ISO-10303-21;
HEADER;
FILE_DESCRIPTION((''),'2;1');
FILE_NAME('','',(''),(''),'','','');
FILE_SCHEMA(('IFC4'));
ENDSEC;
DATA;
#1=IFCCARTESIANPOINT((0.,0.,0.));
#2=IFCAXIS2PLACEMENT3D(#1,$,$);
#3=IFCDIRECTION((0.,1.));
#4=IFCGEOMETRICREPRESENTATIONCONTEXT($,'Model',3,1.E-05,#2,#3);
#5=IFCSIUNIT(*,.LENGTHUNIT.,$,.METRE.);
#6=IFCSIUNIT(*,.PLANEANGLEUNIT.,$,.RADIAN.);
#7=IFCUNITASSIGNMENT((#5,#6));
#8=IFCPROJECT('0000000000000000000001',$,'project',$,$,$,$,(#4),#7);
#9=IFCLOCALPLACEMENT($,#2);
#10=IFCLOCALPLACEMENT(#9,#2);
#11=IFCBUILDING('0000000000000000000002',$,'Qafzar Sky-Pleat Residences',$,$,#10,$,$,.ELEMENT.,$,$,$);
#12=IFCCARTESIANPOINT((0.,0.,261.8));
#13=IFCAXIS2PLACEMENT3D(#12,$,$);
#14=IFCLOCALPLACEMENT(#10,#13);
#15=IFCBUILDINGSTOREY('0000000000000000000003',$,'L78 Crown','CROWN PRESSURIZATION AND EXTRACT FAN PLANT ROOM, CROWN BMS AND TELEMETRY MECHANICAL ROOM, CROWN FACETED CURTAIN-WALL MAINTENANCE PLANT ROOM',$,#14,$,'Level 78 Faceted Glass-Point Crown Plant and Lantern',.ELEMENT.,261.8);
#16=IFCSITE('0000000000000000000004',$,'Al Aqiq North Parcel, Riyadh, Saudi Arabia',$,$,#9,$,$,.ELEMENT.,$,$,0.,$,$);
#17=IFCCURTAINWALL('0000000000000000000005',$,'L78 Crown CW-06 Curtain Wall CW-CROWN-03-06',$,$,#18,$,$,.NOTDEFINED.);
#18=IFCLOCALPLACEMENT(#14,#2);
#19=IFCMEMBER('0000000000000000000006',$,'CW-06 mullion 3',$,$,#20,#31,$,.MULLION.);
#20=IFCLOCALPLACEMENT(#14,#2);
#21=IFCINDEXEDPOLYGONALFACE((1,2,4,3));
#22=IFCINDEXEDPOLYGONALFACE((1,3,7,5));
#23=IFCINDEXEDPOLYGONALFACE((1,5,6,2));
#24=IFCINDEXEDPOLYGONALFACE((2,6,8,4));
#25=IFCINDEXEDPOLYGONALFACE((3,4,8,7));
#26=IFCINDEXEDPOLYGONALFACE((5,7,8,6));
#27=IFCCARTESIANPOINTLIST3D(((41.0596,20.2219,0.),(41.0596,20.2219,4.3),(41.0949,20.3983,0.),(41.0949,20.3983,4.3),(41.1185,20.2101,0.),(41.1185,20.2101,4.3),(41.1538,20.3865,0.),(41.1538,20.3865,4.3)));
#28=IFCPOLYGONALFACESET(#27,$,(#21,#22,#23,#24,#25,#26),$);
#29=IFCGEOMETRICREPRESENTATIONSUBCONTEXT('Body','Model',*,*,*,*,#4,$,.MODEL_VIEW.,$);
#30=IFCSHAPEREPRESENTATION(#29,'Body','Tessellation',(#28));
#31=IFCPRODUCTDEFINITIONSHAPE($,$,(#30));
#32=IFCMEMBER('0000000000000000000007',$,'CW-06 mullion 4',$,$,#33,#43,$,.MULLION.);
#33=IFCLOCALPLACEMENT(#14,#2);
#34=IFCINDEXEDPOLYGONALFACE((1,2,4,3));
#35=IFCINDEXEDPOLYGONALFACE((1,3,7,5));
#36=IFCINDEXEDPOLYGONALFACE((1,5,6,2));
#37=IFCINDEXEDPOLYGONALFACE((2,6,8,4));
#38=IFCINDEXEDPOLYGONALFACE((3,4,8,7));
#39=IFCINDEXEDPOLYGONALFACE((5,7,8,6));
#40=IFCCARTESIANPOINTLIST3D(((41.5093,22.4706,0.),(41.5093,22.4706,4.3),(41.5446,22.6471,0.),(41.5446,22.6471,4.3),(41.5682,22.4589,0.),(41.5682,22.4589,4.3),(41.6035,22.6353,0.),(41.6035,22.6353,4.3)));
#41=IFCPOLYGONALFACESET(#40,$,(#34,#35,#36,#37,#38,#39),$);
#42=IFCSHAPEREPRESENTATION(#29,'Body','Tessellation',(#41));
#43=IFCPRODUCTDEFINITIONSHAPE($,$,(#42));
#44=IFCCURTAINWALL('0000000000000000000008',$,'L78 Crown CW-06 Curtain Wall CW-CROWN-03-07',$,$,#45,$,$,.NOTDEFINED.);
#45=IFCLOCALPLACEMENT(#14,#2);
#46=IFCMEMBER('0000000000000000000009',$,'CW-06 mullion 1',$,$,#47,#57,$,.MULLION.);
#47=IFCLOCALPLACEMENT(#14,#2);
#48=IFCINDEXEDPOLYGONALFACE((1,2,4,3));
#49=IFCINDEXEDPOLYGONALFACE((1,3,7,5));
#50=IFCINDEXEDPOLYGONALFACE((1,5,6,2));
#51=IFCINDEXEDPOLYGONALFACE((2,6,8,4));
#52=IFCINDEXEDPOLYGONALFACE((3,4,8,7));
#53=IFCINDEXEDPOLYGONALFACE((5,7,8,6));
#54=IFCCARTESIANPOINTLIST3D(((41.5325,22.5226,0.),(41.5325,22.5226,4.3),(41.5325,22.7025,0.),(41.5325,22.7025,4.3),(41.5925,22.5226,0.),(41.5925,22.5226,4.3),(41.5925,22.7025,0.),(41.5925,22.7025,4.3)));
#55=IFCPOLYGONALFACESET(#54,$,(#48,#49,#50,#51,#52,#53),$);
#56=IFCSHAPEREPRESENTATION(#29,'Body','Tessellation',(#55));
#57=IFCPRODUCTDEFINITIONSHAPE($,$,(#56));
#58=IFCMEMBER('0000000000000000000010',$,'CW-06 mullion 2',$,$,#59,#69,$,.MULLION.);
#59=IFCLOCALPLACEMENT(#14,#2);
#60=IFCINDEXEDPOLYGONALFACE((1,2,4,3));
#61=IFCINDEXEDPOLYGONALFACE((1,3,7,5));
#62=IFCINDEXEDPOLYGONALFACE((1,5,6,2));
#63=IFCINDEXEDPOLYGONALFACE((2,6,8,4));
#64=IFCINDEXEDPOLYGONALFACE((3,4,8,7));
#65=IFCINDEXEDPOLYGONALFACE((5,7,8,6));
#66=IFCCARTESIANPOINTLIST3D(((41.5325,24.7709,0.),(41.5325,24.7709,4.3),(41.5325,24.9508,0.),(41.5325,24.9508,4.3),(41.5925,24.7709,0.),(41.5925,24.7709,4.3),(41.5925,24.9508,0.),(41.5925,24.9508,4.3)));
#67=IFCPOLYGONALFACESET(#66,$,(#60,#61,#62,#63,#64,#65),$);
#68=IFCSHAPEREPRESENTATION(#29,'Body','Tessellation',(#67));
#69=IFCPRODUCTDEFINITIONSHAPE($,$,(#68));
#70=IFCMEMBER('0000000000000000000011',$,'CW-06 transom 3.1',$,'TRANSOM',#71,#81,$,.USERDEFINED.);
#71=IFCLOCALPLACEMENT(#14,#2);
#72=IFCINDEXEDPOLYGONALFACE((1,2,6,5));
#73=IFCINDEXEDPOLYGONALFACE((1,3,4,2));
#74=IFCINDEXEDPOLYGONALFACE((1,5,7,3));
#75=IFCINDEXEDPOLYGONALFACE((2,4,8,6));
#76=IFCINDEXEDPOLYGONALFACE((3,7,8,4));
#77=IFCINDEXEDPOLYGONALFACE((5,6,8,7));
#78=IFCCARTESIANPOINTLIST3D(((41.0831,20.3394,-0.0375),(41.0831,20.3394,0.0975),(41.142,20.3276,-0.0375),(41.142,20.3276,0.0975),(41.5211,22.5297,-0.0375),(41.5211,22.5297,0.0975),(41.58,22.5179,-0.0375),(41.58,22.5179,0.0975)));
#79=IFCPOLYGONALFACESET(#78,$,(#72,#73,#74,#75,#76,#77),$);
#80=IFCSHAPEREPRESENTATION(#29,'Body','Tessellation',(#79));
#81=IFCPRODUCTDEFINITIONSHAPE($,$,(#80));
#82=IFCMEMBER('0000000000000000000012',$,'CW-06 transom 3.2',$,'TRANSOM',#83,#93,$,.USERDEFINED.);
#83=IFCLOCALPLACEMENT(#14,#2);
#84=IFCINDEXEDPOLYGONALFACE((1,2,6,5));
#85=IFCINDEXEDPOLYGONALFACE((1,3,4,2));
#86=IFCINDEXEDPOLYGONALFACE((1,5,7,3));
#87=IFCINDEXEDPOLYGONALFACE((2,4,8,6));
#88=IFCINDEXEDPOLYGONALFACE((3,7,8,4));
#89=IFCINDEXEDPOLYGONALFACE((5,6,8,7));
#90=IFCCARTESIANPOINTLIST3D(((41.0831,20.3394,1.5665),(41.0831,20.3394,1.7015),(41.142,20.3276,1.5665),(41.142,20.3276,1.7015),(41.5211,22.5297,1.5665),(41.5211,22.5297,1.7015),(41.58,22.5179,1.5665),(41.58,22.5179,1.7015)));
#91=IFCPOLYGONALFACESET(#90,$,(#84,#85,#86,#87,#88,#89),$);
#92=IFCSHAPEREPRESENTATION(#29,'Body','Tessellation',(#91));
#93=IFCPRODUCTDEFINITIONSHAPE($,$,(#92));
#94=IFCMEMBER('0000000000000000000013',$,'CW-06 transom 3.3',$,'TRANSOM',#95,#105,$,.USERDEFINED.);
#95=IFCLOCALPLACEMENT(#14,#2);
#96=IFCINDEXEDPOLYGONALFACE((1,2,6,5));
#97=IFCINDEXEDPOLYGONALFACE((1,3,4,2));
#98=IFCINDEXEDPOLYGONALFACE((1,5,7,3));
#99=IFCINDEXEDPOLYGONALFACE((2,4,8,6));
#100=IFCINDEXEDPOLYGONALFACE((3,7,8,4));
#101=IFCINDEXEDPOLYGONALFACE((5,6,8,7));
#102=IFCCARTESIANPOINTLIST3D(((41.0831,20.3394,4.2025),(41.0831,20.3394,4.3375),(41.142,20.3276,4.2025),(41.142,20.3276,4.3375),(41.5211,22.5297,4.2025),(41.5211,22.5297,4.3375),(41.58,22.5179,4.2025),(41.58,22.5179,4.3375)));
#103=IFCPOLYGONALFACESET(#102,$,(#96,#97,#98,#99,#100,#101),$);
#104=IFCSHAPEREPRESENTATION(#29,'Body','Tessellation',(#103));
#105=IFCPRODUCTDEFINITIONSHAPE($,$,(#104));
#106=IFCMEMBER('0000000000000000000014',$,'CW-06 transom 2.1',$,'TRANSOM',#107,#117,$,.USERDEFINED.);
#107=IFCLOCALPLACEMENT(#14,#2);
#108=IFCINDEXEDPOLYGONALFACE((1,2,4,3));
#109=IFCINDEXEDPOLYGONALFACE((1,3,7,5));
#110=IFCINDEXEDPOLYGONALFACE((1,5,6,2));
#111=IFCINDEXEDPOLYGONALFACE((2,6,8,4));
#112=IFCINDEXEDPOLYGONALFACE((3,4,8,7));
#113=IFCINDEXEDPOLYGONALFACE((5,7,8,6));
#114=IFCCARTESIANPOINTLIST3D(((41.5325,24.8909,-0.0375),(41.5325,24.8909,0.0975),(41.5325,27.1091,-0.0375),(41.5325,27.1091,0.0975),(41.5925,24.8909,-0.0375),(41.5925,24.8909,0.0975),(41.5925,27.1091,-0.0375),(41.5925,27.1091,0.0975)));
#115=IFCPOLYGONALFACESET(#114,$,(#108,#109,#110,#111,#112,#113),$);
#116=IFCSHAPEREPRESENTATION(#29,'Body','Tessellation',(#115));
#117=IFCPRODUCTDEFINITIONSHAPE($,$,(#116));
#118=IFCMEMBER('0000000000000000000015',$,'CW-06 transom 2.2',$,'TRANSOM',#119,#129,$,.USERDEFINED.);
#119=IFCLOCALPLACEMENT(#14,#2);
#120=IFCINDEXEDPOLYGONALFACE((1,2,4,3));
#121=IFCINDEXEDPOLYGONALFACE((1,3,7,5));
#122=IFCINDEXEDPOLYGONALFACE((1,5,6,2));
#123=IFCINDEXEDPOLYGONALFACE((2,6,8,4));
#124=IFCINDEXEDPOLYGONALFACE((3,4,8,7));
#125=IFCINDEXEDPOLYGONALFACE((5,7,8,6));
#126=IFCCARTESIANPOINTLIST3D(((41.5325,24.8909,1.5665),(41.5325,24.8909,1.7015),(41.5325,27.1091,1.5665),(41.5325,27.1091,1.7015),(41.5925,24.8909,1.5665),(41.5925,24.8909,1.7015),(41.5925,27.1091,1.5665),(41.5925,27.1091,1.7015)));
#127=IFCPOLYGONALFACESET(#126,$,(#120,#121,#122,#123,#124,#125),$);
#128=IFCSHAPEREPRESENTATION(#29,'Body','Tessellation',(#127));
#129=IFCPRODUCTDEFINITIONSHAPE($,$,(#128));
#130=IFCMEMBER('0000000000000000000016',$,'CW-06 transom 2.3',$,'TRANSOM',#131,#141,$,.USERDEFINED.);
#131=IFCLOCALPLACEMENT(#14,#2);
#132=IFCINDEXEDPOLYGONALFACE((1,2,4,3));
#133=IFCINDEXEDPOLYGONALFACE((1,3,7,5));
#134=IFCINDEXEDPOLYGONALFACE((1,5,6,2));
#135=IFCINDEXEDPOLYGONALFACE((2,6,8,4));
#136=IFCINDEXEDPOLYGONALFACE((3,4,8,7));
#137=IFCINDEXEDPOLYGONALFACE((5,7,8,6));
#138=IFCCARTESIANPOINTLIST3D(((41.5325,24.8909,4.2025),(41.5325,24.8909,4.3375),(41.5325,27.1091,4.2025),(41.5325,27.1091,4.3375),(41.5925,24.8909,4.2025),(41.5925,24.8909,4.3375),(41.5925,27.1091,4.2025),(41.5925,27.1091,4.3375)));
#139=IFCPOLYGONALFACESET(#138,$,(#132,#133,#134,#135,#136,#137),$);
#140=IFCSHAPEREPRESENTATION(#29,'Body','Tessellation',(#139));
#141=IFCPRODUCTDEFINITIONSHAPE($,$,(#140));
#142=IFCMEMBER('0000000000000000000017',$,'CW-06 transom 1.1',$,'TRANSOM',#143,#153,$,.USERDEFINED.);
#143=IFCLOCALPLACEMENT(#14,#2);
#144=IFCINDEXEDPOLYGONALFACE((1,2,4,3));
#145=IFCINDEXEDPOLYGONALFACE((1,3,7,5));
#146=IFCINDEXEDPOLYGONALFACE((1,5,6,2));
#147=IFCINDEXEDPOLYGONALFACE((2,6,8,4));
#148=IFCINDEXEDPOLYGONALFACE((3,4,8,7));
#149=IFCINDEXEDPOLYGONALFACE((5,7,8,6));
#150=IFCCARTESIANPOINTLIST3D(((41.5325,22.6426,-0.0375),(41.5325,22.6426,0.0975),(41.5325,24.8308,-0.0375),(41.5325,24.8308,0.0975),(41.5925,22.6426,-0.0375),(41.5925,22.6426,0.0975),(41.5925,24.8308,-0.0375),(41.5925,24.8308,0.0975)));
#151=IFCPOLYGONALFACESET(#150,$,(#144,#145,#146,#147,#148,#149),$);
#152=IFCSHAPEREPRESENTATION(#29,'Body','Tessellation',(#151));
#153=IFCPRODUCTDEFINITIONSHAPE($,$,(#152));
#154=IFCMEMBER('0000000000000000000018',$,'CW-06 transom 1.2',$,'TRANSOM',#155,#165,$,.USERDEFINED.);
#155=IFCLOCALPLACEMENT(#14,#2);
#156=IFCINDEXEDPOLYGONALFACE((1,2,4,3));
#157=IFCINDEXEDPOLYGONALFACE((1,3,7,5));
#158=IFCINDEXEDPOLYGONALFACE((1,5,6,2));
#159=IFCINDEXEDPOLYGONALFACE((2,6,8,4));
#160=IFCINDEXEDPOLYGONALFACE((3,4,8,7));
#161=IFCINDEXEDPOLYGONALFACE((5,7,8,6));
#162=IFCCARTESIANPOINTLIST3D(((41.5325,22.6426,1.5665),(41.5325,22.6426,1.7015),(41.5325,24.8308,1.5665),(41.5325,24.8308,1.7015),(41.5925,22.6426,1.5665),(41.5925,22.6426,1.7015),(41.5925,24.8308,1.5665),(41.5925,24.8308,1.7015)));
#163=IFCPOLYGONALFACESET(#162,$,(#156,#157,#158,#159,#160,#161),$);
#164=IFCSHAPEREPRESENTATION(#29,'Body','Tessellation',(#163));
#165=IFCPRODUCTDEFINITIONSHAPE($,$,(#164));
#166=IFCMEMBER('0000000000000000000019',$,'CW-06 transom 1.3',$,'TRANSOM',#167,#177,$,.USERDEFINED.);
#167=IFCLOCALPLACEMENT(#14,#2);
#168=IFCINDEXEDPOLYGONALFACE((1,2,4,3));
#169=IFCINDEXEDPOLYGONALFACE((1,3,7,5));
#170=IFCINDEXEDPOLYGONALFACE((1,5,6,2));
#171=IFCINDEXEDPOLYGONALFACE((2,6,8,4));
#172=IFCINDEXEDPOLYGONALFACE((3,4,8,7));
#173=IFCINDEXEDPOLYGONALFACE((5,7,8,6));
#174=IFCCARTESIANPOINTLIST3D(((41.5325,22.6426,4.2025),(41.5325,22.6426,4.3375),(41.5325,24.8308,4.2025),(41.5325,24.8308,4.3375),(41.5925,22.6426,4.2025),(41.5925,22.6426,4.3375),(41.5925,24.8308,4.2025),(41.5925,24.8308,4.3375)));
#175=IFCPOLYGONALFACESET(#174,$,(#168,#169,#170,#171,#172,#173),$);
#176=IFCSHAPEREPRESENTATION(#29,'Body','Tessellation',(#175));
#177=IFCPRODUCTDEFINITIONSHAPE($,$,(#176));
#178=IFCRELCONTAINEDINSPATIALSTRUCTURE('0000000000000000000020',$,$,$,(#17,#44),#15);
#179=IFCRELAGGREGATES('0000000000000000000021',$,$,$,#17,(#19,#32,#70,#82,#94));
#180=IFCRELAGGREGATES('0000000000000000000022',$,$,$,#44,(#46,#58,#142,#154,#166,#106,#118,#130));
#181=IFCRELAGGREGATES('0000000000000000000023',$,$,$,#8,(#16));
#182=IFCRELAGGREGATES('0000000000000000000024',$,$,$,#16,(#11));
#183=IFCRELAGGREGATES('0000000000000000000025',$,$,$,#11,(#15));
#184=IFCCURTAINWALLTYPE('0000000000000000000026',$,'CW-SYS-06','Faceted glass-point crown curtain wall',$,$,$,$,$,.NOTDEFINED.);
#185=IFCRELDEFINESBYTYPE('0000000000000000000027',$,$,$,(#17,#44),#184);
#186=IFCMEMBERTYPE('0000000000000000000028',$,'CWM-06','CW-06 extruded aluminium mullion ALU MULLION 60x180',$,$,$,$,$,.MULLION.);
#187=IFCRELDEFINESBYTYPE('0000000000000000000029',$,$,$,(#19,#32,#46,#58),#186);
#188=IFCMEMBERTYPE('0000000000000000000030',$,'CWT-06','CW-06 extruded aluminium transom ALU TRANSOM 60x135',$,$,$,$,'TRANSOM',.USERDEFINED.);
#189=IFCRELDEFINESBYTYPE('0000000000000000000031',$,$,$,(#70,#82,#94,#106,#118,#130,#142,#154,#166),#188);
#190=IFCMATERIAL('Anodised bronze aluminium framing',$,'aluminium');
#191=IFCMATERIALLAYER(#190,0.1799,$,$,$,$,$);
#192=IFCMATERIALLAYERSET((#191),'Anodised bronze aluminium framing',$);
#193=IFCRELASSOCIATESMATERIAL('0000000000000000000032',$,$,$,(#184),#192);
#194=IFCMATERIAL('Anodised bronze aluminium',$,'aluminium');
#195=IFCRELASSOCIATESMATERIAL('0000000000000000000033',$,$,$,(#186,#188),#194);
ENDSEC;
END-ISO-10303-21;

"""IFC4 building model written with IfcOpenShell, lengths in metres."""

from ifc_helpers import new_model, si_unit, direction, frame, origin, origin_2d, place, context, subcontext, project, spatial, rectangle, extrude, source, transform, mapped, material, layer, layer_set, material_profile, profile_set, type_object, element, aggregate, save


model = new_model("IFC4")

# Units and contexts
model_context = context("Model", 3, precision=1e-05, world=origin(), true_north=direction((0.0, 1.0)))
body_context = subcontext(model_context, "Body", "Model", "MODEL_VIEW")
ifc_project = project(units=[si_unit("LENGTHUNIT", "METRE"), si_unit("PLANEANGLEUNIT", "RADIAN")], contexts=[model_context])

# Site, building, storey
site_placement = place(None, origin())
site = spatial("IfcSite", under=ifc_project, at=site_placement, Name="Al Aqiq North Parcel, Riyadh, Saudi Arabia", CompositionType="ELEMENT", RefElevation=0.0)
building_placement = place(site_placement, origin())
building = spatial("IfcBuilding", under=site, at=building_placement, Name="Qafzar Sky-Pleat Residences", CompositionType="ELEMENT")
storey_placement = place(building_placement, frame((0.0, 0.0, 261.8)))
storey = spatial("IfcBuildingStorey", under=building, at=storey_placement, Name="L78 Crown", Description="CROWN PRESSURIZATION AND EXTRACT FAN PLANT ROOM, CROWN BMS AND TELEMETRY MECHANICAL ROOM, CROWN FACETED CURTAIN-WALL MAINTENANCE PLANT ROOM", LongName="Level 78 Faceted Glass-Point Crown Plant and Lantern", CompositionType="ELEMENT", Elevation=261.8)

# Curtain walls, members
ifc_material_1 = material(Name="Anodised bronze aluminium framing", Category="aluminium")
ifc_layer_1 = layer(ifc_material_1, 0.1799)
ifc_layer_set_1 = layer_set([ifc_layer_1], Name="Anodised bronze aluminium framing")
curtain_wall_type = type_object("IfcCurtainWallType", Name="CW-SYS-06", Description="Faceted glass-point crown curtain wall", PredefinedType="NOTDEFINED", material=ifc_layer_set_1)
curtain_wall_1_placement = place(storey_placement, origin())
curtain_wall_1 = element("IfcCurtainWall", 1, at=curtain_wall_1_placement, inside=storey, type_object=curtain_wall_type, Name="L78 Crown CW-06 Curtain Wall CW-CROWN-03-06", PredefinedType="NOTDEFINED")
ifc_material_2 = material(Name="Anodised bronze aluminium", Category="aluminium")
ifc_material_profile_1 = material_profile(ifc_material_2, rectangle(XDim=0.0601, YDim=0.1799, at=origin_2d()), Name="ALU MULLION 60x180")
ifc_profile_set_1 = profile_set([ifc_material_profile_1], Name="Anodised bronze aluminium")
member_type_1 = type_object("IfcMemberType", Name="CWM-06", Description="CW-06 extruded aluminium mullion ALU MULLION 60x180", PredefinedType="MULLION", material=ifc_profile_set_1)
shared_shape_1 = source(origin(), body_context, "Body", "SweptSolid", [
    extrude(rectangle(XDim=0.0601, YDim=0.1799, at=origin_2d()), origin(), (0.0, 0.0, 1.0), 4.3),
])
member_1_placement = place(storey_placement, frame((41.1067, 20.3042, 0.0), z_axis=(0.0, 0.0, 1.0), x_axis=(-0.980581, 0.196113, 0.0)))
member_1 = element("IfcMember", 2, at=member_1_placement, type_object=member_type_1, Name="CW-06 mullion 3", PredefinedType="MULLION", context=body_context, shape_type="MappedRepresentation", body=[
    mapped(shared_shape_1, transform((0.0, 0.0, 0.0), x_axis=(1.0, 0.0, 0.0), y_axis=(0.0, 1.0, 0.0), z_axis=(0.0, 0.0, 1.0), scale=1.0)),
])
member_2_placement = place(storey_placement, frame((41.5564, 22.553, 0.0), z_axis=(0.0, 0.0, 1.0), x_axis=(-0.980581, 0.196113, 0.0)))
member_2 = element("IfcMember", 3, at=member_2_placement, type_object=member_type_1, Name="CW-06 mullion 4", PredefinedType="MULLION", context=body_context, shape_type="MappedRepresentation", body=[
    mapped(shared_shape_1, transform((0.0, 0.0, 0.0), x_axis=(1.0, 0.0, 0.0), y_axis=(0.0, 1.0, 0.0), z_axis=(0.0, 0.0, 1.0), scale=1.0)),
])
curtain_wall_2_placement = place(storey_placement, origin())
curtain_wall_2 = element("IfcCurtainWall", 4, at=curtain_wall_2_placement, inside=storey, type_object=curtain_wall_type, Name="L78 Crown CW-06 Curtain Wall CW-CROWN-03-07", PredefinedType="NOTDEFINED")
member_3_placement = place(storey_placement, frame((41.5625, 22.6125, 0.0), z_axis=(0.0, 0.0, 1.0), x_axis=(-1.0, 0.0, 0.0)))
member_3 = element("IfcMember", 5, at=member_3_placement, type_object=member_type_1, Name="CW-06 mullion 1", PredefinedType="MULLION", context=body_context, shape_type="MappedRepresentation", body=[
    mapped(shared_shape_1, transform((0.0, 0.0, 0.0), x_axis=(1.0, 0.0, 0.0), y_axis=(0.0, 1.0, 0.0), z_axis=(0.0, 0.0, 1.0), scale=1.0)),
])
member_4_placement = place(storey_placement, frame((41.5625, 24.8608, 0.0), z_axis=(0.0, 0.0, 1.0), x_axis=(-1.0, 0.0, 0.0)))
member_4 = element("IfcMember", 6, at=member_4_placement, type_object=member_type_1, Name="CW-06 mullion 2", PredefinedType="MULLION", context=body_context, shape_type="MappedRepresentation", body=[
    mapped(shared_shape_1, transform((0.0, 0.0, 0.0), x_axis=(1.0, 0.0, 0.0), y_axis=(0.0, 1.0, 0.0), z_axis=(0.0, 0.0, 1.0), scale=1.0)),
])

# Members
ifc_material_profile_2 = material_profile(ifc_material_2, rectangle(XDim=0.0601, YDim=0.135, at=origin_2d()), Name="ALU TRANSOM 60x135")
ifc_profile_set_2 = profile_set([ifc_material_profile_2], Name="Anodised bronze aluminium")
member_type_2 = type_object("IfcMemberType", Name="CWT-06", Description="CW-06 extruded aluminium transom ALU TRANSOM 60x135", ElementType="TRANSOM", PredefinedType="USERDEFINED", material=ifc_profile_set_2)
shared_shape_2 = source(origin(), body_context, "Body", "SweptSolid", [
    extrude(rectangle(XDim=0.0601, YDim=0.135, at=origin_2d()), origin(), (0.0, 0.0, 1.0), 2.2336),
])
member_5_placement = place(storey_placement, frame((41.1125, 20.3335, 0.03), z_axis=(0.196095, 0.980585, 0.0), x_axis=(-0.980585, 0.196095, 0.0)))
member_5 = element("IfcMember", 7, at=member_5_placement, type_object=member_type_2, Name="CW-06 transom 3.1", ObjectType="TRANSOM", PredefinedType="USERDEFINED", context=body_context, shape_type="MappedRepresentation", body=[
    mapped(shared_shape_2, transform((0.0, 0.0, 0.0), x_axis=(1.0, 0.0, 0.0), y_axis=(0.0, 1.0, 0.0), z_axis=(0.0, 0.0, 1.0), scale=1.0)),
])
member_6_placement = place(storey_placement, frame((41.1125, 20.3335, 1.634), z_axis=(0.196095, 0.980585, 0.0), x_axis=(-0.980585, 0.196095, 0.0)))
member_6 = element("IfcMember", 8, at=member_6_placement, type_object=member_type_2, Name="CW-06 transom 3.2", ObjectType="TRANSOM", PredefinedType="USERDEFINED", context=body_context, shape_type="MappedRepresentation", body=[
    mapped(shared_shape_2, transform((0.0, 0.0, 0.0), x_axis=(1.0, 0.0, 0.0), y_axis=(0.0, 1.0, 0.0), z_axis=(0.0, 0.0, 1.0), scale=1.0)),
])
member_7_placement = place(storey_placement, frame((41.1125, 20.3335, 4.27), z_axis=(0.196095, 0.980585, 0.0), x_axis=(-0.980585, 0.196095, 0.0)))
member_7 = element("IfcMember", 9, at=member_7_placement, type_object=member_type_2, Name="CW-06 transom 3.3", ObjectType="TRANSOM", PredefinedType="USERDEFINED", context=body_context, shape_type="MappedRepresentation", body=[
    mapped(shared_shape_2, transform((0.0, 0.0, 0.0), x_axis=(1.0, 0.0, 0.0), y_axis=(0.0, 1.0, 0.0), z_axis=(0.0, 0.0, 1.0), scale=1.0)),
])
shared_shape_3 = source(origin(), body_context, "Body", "SweptSolid", [
    extrude(rectangle(XDim=0.0601, YDim=0.135, at=origin_2d()), origin(), (0.0, 0.0, 1.0), 2.2183),
])
member_8_placement = place(storey_placement, frame((41.5625, 24.8909, 0.03), z_axis=(0.0, 1.0, 0.0), x_axis=(-1.0, 0.0, 0.0)))
member_8 = element("IfcMember", 10, at=member_8_placement, type_object=member_type_2, Name="CW-06 transom 2.1", ObjectType="TRANSOM", PredefinedType="USERDEFINED", context=body_context, shape_type="MappedRepresentation", body=[
    mapped(shared_shape_3, transform((0.0, 0.0, 0.0), x_axis=(1.0, 0.0, 0.0), y_axis=(0.0, 1.0, 0.0), z_axis=(0.0, 0.0, 1.0), scale=1.0)),
])
member_9_placement = place(storey_placement, frame((41.5625, 24.8909, 1.634), z_axis=(0.0, 1.0, 0.0), x_axis=(-1.0, 0.0, 0.0)))
member_9 = element("IfcMember", 11, at=member_9_placement, type_object=member_type_2, Name="CW-06 transom 2.2", ObjectType="TRANSOM", PredefinedType="USERDEFINED", context=body_context, shape_type="MappedRepresentation", body=[
    mapped(shared_shape_3, transform((0.0, 0.0, 0.0), x_axis=(1.0, 0.0, 0.0), y_axis=(0.0, 1.0, 0.0), z_axis=(0.0, 0.0, 1.0), scale=1.0)),
])
member_10_placement = place(storey_placement, frame((41.5625, 24.8909, 4.27), z_axis=(0.0, 1.0, 0.0), x_axis=(-1.0, 0.0, 0.0)))
member_10 = element("IfcMember", 12, at=member_10_placement, type_object=member_type_2, Name="CW-06 transom 2.3", ObjectType="TRANSOM", PredefinedType="USERDEFINED", context=body_context, shape_type="MappedRepresentation", body=[
    mapped(shared_shape_3, transform((0.0, 0.0, 0.0), x_axis=(1.0, 0.0, 0.0), y_axis=(0.0, 1.0, 0.0), z_axis=(0.0, 0.0, 1.0), scale=1.0)),
])
shared_shape_4 = source(origin(), body_context, "Body", "SweptSolid", [
    extrude(rectangle(XDim=0.0601, YDim=0.135, at=origin_2d()), origin(), (0.0, 0.0, 1.0), 2.1882),
])
member_11_placement = place(storey_placement, frame((41.5625, 22.6426, 0.03), z_axis=(0.0, 1.0, 0.0), x_axis=(-1.0, 0.0, 0.0)))
member_11 = element("IfcMember", 13, at=member_11_placement, type_object=member_type_2, Name="CW-06 transom 1.1", ObjectType="TRANSOM", PredefinedType="USERDEFINED", context=body_context, shape_type="MappedRepresentation", body=[
    mapped(shared_shape_4, transform((0.0, 0.0, 0.0), x_axis=(1.0, 0.0, 0.0), y_axis=(0.0, 1.0, 0.0), z_axis=(0.0, 0.0, 1.0), scale=1.0)),
])
member_12_placement = place(storey_placement, frame((41.5625, 22.6426, 1.634), z_axis=(0.0, 1.0, 0.0), x_axis=(-1.0, 0.0, 0.0)))
member_12 = element("IfcMember", 14, at=member_12_placement, type_object=member_type_2, Name="CW-06 transom 1.2", ObjectType="TRANSOM", PredefinedType="USERDEFINED", context=body_context, shape_type="MappedRepresentation", body=[
    mapped(shared_shape_4, transform((0.0, 0.0, 0.0), x_axis=(1.0, 0.0, 0.0), y_axis=(0.0, 1.0, 0.0), z_axis=(0.0, 0.0, 1.0), scale=1.0)),
])
member_13_placement = place(storey_placement, frame((41.5625, 22.6426, 4.27), z_axis=(0.0, 1.0, 0.0), x_axis=(-1.0, 0.0, 0.0)))
member_13 = element("IfcMember", 15, at=member_13_placement, type_object=member_type_2, Name="CW-06 transom 1.3", ObjectType="TRANSOM", PredefinedType="USERDEFINED", context=body_context, shape_type="MappedRepresentation", body=[
    mapped(shared_shape_4, transform((0.0, 0.0, 0.0), x_axis=(1.0, 0.0, 0.0), y_axis=(0.0, 1.0, 0.0), z_axis=(0.0, 0.0, 1.0), scale=1.0)),
])

aggregate(curtain_wall_1, [member_1, member_2, member_5, member_6, member_7])
aggregate(curtain_wall_2, [member_3, member_4, member_11, member_12, member_13, member_8, member_9, member_10])

save(model, "model.ifc")
